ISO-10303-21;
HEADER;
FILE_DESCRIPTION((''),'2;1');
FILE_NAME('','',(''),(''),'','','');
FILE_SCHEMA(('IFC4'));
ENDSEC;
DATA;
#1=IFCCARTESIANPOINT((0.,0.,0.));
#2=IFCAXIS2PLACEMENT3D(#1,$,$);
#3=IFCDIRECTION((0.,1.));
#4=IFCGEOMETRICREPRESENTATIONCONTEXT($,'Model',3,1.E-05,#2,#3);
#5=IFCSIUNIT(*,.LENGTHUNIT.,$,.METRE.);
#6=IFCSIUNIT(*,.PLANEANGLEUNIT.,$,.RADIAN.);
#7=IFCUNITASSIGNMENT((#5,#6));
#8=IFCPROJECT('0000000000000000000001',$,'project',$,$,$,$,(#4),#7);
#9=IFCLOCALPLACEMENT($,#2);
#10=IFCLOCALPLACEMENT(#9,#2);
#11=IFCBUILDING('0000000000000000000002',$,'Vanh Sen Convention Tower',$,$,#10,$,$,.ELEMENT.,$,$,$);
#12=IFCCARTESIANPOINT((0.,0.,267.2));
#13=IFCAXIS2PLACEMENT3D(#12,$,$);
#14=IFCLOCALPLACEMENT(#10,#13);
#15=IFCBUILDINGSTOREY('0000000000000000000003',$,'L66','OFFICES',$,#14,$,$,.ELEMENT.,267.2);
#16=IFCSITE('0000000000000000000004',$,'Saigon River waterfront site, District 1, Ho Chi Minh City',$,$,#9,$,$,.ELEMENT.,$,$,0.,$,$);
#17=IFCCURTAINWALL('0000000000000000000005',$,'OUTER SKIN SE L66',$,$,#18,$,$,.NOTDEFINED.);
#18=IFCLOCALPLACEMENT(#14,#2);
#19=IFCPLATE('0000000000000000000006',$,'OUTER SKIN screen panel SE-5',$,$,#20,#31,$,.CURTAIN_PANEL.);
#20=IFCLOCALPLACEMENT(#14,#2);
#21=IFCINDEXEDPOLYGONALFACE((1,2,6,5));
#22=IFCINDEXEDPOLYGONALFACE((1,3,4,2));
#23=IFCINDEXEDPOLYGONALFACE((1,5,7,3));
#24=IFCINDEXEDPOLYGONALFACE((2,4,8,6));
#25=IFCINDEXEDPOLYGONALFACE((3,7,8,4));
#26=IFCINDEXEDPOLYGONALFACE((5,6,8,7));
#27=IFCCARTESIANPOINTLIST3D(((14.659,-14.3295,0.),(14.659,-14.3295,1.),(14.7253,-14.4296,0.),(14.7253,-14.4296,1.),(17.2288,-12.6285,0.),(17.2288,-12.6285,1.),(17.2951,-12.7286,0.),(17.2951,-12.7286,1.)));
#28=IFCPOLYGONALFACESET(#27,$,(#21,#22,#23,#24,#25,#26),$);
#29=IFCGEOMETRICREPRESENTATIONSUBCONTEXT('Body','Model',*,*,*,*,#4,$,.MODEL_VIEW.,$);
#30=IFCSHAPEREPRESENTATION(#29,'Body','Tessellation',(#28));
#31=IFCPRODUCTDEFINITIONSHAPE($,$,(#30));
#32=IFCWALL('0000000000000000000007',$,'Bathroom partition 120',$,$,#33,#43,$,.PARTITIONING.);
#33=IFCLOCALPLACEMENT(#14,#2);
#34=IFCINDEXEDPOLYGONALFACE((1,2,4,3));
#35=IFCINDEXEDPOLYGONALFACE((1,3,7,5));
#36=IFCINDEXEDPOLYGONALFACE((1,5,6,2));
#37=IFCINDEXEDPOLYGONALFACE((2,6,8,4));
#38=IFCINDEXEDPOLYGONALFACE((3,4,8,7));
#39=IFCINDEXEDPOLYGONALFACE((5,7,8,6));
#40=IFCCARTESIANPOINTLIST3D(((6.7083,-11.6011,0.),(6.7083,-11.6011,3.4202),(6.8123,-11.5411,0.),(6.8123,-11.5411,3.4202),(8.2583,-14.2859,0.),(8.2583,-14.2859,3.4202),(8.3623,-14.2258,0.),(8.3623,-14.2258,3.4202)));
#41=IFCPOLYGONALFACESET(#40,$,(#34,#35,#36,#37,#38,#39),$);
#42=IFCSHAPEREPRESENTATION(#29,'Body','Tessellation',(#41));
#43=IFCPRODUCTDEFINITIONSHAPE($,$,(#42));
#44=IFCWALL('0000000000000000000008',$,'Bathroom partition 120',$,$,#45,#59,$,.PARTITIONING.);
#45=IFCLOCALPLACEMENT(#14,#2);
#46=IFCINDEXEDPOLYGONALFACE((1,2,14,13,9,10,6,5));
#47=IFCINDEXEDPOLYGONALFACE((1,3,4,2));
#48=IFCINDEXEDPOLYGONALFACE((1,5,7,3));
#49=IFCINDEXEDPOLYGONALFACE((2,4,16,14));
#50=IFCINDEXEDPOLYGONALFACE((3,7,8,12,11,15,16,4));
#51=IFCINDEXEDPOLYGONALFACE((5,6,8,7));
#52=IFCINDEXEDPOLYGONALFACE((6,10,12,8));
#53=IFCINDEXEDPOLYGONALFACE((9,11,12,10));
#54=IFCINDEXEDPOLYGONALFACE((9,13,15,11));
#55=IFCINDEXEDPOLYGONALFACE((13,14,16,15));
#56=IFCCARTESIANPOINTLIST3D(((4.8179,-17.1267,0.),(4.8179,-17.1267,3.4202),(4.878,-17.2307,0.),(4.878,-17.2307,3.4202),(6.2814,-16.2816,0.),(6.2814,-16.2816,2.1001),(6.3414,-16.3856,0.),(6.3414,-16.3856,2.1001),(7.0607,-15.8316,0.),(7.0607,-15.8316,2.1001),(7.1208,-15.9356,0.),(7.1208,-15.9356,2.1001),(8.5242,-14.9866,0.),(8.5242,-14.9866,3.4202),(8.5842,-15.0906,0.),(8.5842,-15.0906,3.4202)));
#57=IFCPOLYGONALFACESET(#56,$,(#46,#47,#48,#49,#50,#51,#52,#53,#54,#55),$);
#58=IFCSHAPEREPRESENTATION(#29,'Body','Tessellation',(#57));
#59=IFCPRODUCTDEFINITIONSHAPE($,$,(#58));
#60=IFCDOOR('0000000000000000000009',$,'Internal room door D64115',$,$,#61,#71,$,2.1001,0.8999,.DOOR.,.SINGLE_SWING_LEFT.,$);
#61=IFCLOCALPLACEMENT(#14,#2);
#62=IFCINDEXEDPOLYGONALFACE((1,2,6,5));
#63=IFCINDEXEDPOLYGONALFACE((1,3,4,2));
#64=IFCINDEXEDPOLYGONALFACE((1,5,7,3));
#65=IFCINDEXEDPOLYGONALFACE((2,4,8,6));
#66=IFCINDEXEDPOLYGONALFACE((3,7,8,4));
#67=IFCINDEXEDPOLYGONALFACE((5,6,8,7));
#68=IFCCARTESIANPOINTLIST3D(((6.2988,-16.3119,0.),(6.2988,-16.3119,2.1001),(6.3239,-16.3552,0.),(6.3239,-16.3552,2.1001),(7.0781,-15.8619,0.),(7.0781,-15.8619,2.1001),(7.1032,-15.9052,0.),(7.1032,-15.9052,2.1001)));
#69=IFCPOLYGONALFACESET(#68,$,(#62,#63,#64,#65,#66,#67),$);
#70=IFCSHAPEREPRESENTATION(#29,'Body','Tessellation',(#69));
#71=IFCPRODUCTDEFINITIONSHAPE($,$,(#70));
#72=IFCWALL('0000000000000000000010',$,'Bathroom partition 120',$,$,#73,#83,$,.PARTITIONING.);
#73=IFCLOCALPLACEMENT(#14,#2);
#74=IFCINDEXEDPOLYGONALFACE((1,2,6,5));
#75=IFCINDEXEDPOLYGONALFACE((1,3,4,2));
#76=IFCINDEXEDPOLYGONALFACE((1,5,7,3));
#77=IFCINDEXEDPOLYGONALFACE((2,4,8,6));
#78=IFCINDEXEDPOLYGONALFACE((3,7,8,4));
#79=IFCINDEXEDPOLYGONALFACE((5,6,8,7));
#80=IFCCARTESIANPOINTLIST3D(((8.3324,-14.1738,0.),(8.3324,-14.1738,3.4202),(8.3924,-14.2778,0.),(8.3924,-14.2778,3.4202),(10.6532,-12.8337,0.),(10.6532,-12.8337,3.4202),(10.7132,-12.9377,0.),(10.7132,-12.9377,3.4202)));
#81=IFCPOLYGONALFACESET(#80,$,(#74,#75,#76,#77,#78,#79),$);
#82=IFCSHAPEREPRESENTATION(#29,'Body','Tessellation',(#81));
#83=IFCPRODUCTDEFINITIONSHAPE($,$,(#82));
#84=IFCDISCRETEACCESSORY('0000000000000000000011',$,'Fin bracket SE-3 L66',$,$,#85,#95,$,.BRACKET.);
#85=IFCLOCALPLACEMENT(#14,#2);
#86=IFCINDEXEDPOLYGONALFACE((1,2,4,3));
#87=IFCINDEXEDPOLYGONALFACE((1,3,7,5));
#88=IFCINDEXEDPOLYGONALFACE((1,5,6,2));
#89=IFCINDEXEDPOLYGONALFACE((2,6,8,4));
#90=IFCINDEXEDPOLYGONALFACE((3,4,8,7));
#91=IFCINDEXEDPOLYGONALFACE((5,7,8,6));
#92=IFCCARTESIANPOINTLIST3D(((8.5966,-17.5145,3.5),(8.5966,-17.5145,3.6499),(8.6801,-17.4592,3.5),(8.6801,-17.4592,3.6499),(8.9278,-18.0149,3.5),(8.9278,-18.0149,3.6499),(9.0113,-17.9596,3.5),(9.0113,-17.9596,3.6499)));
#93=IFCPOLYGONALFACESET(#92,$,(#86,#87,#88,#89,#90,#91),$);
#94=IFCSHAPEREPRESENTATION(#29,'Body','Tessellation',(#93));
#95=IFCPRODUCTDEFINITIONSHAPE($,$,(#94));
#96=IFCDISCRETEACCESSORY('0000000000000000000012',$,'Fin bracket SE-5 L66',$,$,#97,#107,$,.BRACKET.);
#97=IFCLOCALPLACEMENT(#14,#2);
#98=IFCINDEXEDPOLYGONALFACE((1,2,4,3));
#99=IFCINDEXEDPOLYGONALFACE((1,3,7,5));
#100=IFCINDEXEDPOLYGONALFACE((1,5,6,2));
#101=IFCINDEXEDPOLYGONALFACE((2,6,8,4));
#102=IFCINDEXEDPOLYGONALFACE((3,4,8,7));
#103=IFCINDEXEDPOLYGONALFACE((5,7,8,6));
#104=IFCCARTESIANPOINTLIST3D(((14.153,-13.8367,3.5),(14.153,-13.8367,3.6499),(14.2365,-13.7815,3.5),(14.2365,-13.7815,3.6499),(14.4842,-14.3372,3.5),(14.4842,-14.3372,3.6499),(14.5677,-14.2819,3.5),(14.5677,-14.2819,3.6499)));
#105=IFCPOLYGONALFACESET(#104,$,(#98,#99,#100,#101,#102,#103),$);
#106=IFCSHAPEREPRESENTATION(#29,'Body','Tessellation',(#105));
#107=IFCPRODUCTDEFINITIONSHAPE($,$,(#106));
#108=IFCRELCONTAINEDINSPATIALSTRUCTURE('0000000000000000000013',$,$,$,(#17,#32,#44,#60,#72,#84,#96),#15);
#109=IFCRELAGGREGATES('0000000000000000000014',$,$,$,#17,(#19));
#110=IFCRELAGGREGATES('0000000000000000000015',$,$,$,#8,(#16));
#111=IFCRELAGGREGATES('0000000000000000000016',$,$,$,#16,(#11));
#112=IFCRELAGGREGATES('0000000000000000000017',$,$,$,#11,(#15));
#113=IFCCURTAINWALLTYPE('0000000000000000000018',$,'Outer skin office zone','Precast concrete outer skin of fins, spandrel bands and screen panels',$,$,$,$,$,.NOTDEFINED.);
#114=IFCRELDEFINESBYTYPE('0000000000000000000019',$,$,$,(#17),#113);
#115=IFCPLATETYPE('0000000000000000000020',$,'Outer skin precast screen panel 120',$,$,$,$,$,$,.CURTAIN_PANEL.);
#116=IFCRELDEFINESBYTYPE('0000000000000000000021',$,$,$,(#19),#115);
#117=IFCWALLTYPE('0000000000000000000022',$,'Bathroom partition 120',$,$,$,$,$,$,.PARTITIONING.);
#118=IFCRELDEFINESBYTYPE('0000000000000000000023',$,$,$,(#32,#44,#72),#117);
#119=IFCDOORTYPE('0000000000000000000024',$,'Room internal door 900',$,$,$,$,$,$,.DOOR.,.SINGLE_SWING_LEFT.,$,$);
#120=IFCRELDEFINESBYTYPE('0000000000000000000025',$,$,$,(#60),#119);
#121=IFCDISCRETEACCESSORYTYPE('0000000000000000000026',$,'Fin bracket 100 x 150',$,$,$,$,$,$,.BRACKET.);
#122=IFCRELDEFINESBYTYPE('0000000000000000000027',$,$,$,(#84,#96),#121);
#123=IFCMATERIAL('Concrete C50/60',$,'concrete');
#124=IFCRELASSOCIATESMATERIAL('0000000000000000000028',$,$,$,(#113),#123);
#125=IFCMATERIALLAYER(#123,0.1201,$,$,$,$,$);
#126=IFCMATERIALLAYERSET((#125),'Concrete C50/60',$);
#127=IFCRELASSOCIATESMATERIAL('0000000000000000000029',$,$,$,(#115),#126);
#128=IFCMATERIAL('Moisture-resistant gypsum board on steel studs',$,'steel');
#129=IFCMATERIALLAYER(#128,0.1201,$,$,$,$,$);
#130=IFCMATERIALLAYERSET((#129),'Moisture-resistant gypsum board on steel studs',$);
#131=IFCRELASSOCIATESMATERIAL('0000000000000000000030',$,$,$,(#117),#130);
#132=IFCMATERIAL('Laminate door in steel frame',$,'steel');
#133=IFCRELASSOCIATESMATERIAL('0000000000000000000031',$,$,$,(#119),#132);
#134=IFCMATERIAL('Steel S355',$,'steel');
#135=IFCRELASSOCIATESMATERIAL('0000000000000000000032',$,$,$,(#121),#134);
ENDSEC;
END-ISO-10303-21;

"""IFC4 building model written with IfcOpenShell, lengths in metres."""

from ifc_helpers import new_model, si_unit, direction, frame, frame_2d, origin, origin_2d, place, context, subcontext, project, spatial, rectangle, extrude, material, layer, layer_set, type_object, element, fill, aggregate, save


model = new_model("IFC4")

# Units and contexts
model_context = context("Model", 3, precision=1e-05, world=origin(), true_north=direction((0.0, 1.0)))
body_context = subcontext(model_context, "Body", "Model", "MODEL_VIEW")
ifc_project = project(units=[si_unit("LENGTHUNIT", "METRE"), si_unit("PLANEANGLEUNIT", "RADIAN")], contexts=[model_context])

# Site, building, storey
site_placement = place(None, origin())
site = spatial("IfcSite", under=ifc_project, at=site_placement, Name="Saigon River waterfront site, District 1, Ho Chi Minh City", CompositionType="ELEMENT", RefElevation=0.0)
building_placement = place(site_placement, origin())
building = spatial("IfcBuilding", under=site, at=building_placement, Name="Vanh Sen Convention Tower", CompositionType="ELEMENT")
storey_placement = place(building_placement, frame((0.0, 0.0, 267.2)))
storey = spatial("IfcBuildingStorey", under=building, at=storey_placement, Name="L66", Description="OFFICES", CompositionType="ELEMENT", Elevation=267.2)

# Curtain wall
ifc_material_1 = material(Name="Concrete C50/60", Category="concrete")
curtain_wall_type = type_object("IfcCurtainWallType", Name="Outer skin office zone", Description="Precast concrete outer skin of fins, spandrel bands and screen panels", PredefinedType="NOTDEFINED", material=ifc_material_1)
curtain_wall_1_placement = place(storey_placement, origin())
curtain_wall_1 = element("IfcCurtainWall", 1, at=curtain_wall_1_placement, inside=storey, type_object=curtain_wall_type, Name="OUTER SKIN SE L66", PredefinedType="NOTDEFINED")

# Plate
ifc_layer_1 = layer(ifc_material_1, 0.1201)
ifc_layer_set_1 = layer_set([ifc_layer_1], Name="Concrete C50/60")
plate_type = type_object("IfcPlateType", Name="Outer skin precast screen panel 120", PredefinedType="CURTAIN_PANEL", material=ifc_layer_set_1)
plate_1_placement = place(storey_placement, frame((15.9771, -13.5291, 0.0), z_axis=(0.0, 0.0, 1.0), x_axis=(0.833879, 0.551947, 0.0)))
plate_1 = element("IfcPlate", 2, at=plate_1_placement, type_object=plate_type, Name="OUTER SKIN screen panel SE-5", PredefinedType="CURTAIN_PANEL", context=body_context, shape_type="SweptSolid", body=[
    extrude(rectangle(XDim=3.0818, YDim=0.1201, at=origin_2d()), origin(), (0.0, 0.0, 1.0), 1.0),
])
aggregate(curtain_wall_1, [plate_1])

# Wall
ifc_material_2 = material(Name="Moisture-resistant gypsum board on steel studs", Category="steel")
ifc_layer_2 = layer(ifc_material_2, 0.1201)
ifc_layer_set_2 = layer_set([ifc_layer_2], Name="Moisture-resistant gypsum board on steel studs")
wall_type = type_object("IfcWallType", Name="Bathroom partition 120", PredefinedType="PARTITIONING", material=ifc_layer_set_2)
wall_1_placement = place(storey_placement, frame((8.3103, -14.2559, 0.0), z_axis=(0.0, 0.0, 1.0), x_axis=(-0.499993, 0.86603, 0.0)))
element("IfcWall", 3, at=wall_1_placement, inside=storey, type_object=wall_type, Name="Bathroom partition 120", PredefinedType="PARTITIONING", context=body_context, shape_type="SweptSolid", body=[
    extrude(rectangle(XDim=3.1001, YDim=0.1201, at=frame_2d((1.55, 0.0))), origin(), (0.0, 0.0, 1.0), 3.4202),
])

# Wall, opening, door
wall_2_placement = place(storey_placement, frame((8.5542, -15.0386, 0.0), z_axis=(0.0, 0.0, 1.0), x_axis=(-0.865995, -0.500053, 0.0)))
wall_2 = element("IfcWall", 4, at=wall_2_placement, inside=storey, type_object=wall_type, Name="Bathroom partition 120", PredefinedType="PARTITIONING", context=body_context, shape_type="SweptSolid", body=[
    extrude(rectangle(XDim=4.2798, YDim=0.1201, at=frame_2d((2.1399, 0.0))), origin(), (0.0, 0.0, 1.0), 3.4202),
])
opening_placement = place(wall_2_placement, frame((1.6899, 0.0, 0.0)))
opening = element("IfcOpeningElement", 5, at=opening_placement, cuts=wall_2, PredefinedType="OPENING", context=body_context, shape_type="SweptSolid", body=[
    extrude(rectangle(XDim=0.8999, YDim=2.1001, at=frame_2d((0.45, 1.05))), frame((0.0, 0.0701, 0.0), z_axis=(0.0, -1.0, 0.0), x_axis=(1.0, 0.0, 0.0)), (0.0, 0.0, 1.0), 0.1401),
])
ifc_material_3 = material(Name="Laminate door in steel frame", Category="steel")
door_type = type_object("IfcDoorType", Name="Room internal door 900", OperationType="SINGLE_SWING_LEFT", PredefinedType="DOOR", material=ifc_material_3)
door_placement = place(opening_placement, origin())
door = element("IfcDoor", 6, at=door_placement, inside=storey, type_object=door_type, Name="Internal room door D64115", OperationType="SINGLE_SWING_LEFT", OverallHeight=2.1001, OverallWidth=0.8999, PredefinedType="DOOR", context=body_context, shape_type="SweptSolid", body=[
    extrude(rectangle(XDim=0.8999, YDim=2.1001, at=frame_2d((0.45, 1.05))), frame((0.0, 0.0249, 0.0), z_axis=(0.0, -1.0, 0.0), x_axis=(1.0, 0.0, 0.0)), (0.0, 0.0, 1.0), 0.05),
])
fill(opening, door)

# Wall
wall_3_placement = place(storey_placement, frame((10.6831, -12.8857, 0.0), z_axis=(0.0, 0.0, 1.0), x_axis=(-0.865997, -0.500048, 0.0)))
element("IfcWall", 7, at=wall_3_placement, inside=storey, type_object=wall_type, Name="Bathroom partition 120", PredefinedType="PARTITIONING", context=body_context, shape_type="SweptSolid", body=[
    extrude(rectangle(XDim=2.6799, YDim=0.1201, at=frame_2d((1.3398, 0.0))), origin(), (0.0, 0.0, 1.0), 3.4202),
])

# Discrete accessories
ifc_material_4 = material(Name="Steel S355", Category="steel")
discrete_accessory_type = type_object("IfcDiscreteAccessoryType", Name="Fin bracket 100 x 150", PredefinedType="BRACKET", material=ifc_material_4)
for number, where, z_axis, x_axis, name in (
    (8, (8.804, -17.7371, 3.5), (0.0, 0.0, 1.0), (0.551937, -0.833886, 0.0), "Fin bracket SE-3 L66"),
    (9, (14.3604, -14.0593, 3.5), (0.0, 0.0, 1.0), (0.551937, -0.833886, 0.0), "Fin bracket SE-5 L66"),
):
    element("IfcDiscreteAccessory", number, at=place(storey_placement, frame(where, z_axis=z_axis, x_axis=x_axis)), inside=storey, type_object=discrete_accessory_type, Name=name, PredefinedType="BRACKET", context=body_context, shape_type="SweptSolid", body=[
        extrude(rectangle(XDim=0.6001, YDim=0.1001, at=origin_2d()), origin(), (0.0, 0.0, 1.0), 0.1499),
    ])

save(model, "model.ifc")
